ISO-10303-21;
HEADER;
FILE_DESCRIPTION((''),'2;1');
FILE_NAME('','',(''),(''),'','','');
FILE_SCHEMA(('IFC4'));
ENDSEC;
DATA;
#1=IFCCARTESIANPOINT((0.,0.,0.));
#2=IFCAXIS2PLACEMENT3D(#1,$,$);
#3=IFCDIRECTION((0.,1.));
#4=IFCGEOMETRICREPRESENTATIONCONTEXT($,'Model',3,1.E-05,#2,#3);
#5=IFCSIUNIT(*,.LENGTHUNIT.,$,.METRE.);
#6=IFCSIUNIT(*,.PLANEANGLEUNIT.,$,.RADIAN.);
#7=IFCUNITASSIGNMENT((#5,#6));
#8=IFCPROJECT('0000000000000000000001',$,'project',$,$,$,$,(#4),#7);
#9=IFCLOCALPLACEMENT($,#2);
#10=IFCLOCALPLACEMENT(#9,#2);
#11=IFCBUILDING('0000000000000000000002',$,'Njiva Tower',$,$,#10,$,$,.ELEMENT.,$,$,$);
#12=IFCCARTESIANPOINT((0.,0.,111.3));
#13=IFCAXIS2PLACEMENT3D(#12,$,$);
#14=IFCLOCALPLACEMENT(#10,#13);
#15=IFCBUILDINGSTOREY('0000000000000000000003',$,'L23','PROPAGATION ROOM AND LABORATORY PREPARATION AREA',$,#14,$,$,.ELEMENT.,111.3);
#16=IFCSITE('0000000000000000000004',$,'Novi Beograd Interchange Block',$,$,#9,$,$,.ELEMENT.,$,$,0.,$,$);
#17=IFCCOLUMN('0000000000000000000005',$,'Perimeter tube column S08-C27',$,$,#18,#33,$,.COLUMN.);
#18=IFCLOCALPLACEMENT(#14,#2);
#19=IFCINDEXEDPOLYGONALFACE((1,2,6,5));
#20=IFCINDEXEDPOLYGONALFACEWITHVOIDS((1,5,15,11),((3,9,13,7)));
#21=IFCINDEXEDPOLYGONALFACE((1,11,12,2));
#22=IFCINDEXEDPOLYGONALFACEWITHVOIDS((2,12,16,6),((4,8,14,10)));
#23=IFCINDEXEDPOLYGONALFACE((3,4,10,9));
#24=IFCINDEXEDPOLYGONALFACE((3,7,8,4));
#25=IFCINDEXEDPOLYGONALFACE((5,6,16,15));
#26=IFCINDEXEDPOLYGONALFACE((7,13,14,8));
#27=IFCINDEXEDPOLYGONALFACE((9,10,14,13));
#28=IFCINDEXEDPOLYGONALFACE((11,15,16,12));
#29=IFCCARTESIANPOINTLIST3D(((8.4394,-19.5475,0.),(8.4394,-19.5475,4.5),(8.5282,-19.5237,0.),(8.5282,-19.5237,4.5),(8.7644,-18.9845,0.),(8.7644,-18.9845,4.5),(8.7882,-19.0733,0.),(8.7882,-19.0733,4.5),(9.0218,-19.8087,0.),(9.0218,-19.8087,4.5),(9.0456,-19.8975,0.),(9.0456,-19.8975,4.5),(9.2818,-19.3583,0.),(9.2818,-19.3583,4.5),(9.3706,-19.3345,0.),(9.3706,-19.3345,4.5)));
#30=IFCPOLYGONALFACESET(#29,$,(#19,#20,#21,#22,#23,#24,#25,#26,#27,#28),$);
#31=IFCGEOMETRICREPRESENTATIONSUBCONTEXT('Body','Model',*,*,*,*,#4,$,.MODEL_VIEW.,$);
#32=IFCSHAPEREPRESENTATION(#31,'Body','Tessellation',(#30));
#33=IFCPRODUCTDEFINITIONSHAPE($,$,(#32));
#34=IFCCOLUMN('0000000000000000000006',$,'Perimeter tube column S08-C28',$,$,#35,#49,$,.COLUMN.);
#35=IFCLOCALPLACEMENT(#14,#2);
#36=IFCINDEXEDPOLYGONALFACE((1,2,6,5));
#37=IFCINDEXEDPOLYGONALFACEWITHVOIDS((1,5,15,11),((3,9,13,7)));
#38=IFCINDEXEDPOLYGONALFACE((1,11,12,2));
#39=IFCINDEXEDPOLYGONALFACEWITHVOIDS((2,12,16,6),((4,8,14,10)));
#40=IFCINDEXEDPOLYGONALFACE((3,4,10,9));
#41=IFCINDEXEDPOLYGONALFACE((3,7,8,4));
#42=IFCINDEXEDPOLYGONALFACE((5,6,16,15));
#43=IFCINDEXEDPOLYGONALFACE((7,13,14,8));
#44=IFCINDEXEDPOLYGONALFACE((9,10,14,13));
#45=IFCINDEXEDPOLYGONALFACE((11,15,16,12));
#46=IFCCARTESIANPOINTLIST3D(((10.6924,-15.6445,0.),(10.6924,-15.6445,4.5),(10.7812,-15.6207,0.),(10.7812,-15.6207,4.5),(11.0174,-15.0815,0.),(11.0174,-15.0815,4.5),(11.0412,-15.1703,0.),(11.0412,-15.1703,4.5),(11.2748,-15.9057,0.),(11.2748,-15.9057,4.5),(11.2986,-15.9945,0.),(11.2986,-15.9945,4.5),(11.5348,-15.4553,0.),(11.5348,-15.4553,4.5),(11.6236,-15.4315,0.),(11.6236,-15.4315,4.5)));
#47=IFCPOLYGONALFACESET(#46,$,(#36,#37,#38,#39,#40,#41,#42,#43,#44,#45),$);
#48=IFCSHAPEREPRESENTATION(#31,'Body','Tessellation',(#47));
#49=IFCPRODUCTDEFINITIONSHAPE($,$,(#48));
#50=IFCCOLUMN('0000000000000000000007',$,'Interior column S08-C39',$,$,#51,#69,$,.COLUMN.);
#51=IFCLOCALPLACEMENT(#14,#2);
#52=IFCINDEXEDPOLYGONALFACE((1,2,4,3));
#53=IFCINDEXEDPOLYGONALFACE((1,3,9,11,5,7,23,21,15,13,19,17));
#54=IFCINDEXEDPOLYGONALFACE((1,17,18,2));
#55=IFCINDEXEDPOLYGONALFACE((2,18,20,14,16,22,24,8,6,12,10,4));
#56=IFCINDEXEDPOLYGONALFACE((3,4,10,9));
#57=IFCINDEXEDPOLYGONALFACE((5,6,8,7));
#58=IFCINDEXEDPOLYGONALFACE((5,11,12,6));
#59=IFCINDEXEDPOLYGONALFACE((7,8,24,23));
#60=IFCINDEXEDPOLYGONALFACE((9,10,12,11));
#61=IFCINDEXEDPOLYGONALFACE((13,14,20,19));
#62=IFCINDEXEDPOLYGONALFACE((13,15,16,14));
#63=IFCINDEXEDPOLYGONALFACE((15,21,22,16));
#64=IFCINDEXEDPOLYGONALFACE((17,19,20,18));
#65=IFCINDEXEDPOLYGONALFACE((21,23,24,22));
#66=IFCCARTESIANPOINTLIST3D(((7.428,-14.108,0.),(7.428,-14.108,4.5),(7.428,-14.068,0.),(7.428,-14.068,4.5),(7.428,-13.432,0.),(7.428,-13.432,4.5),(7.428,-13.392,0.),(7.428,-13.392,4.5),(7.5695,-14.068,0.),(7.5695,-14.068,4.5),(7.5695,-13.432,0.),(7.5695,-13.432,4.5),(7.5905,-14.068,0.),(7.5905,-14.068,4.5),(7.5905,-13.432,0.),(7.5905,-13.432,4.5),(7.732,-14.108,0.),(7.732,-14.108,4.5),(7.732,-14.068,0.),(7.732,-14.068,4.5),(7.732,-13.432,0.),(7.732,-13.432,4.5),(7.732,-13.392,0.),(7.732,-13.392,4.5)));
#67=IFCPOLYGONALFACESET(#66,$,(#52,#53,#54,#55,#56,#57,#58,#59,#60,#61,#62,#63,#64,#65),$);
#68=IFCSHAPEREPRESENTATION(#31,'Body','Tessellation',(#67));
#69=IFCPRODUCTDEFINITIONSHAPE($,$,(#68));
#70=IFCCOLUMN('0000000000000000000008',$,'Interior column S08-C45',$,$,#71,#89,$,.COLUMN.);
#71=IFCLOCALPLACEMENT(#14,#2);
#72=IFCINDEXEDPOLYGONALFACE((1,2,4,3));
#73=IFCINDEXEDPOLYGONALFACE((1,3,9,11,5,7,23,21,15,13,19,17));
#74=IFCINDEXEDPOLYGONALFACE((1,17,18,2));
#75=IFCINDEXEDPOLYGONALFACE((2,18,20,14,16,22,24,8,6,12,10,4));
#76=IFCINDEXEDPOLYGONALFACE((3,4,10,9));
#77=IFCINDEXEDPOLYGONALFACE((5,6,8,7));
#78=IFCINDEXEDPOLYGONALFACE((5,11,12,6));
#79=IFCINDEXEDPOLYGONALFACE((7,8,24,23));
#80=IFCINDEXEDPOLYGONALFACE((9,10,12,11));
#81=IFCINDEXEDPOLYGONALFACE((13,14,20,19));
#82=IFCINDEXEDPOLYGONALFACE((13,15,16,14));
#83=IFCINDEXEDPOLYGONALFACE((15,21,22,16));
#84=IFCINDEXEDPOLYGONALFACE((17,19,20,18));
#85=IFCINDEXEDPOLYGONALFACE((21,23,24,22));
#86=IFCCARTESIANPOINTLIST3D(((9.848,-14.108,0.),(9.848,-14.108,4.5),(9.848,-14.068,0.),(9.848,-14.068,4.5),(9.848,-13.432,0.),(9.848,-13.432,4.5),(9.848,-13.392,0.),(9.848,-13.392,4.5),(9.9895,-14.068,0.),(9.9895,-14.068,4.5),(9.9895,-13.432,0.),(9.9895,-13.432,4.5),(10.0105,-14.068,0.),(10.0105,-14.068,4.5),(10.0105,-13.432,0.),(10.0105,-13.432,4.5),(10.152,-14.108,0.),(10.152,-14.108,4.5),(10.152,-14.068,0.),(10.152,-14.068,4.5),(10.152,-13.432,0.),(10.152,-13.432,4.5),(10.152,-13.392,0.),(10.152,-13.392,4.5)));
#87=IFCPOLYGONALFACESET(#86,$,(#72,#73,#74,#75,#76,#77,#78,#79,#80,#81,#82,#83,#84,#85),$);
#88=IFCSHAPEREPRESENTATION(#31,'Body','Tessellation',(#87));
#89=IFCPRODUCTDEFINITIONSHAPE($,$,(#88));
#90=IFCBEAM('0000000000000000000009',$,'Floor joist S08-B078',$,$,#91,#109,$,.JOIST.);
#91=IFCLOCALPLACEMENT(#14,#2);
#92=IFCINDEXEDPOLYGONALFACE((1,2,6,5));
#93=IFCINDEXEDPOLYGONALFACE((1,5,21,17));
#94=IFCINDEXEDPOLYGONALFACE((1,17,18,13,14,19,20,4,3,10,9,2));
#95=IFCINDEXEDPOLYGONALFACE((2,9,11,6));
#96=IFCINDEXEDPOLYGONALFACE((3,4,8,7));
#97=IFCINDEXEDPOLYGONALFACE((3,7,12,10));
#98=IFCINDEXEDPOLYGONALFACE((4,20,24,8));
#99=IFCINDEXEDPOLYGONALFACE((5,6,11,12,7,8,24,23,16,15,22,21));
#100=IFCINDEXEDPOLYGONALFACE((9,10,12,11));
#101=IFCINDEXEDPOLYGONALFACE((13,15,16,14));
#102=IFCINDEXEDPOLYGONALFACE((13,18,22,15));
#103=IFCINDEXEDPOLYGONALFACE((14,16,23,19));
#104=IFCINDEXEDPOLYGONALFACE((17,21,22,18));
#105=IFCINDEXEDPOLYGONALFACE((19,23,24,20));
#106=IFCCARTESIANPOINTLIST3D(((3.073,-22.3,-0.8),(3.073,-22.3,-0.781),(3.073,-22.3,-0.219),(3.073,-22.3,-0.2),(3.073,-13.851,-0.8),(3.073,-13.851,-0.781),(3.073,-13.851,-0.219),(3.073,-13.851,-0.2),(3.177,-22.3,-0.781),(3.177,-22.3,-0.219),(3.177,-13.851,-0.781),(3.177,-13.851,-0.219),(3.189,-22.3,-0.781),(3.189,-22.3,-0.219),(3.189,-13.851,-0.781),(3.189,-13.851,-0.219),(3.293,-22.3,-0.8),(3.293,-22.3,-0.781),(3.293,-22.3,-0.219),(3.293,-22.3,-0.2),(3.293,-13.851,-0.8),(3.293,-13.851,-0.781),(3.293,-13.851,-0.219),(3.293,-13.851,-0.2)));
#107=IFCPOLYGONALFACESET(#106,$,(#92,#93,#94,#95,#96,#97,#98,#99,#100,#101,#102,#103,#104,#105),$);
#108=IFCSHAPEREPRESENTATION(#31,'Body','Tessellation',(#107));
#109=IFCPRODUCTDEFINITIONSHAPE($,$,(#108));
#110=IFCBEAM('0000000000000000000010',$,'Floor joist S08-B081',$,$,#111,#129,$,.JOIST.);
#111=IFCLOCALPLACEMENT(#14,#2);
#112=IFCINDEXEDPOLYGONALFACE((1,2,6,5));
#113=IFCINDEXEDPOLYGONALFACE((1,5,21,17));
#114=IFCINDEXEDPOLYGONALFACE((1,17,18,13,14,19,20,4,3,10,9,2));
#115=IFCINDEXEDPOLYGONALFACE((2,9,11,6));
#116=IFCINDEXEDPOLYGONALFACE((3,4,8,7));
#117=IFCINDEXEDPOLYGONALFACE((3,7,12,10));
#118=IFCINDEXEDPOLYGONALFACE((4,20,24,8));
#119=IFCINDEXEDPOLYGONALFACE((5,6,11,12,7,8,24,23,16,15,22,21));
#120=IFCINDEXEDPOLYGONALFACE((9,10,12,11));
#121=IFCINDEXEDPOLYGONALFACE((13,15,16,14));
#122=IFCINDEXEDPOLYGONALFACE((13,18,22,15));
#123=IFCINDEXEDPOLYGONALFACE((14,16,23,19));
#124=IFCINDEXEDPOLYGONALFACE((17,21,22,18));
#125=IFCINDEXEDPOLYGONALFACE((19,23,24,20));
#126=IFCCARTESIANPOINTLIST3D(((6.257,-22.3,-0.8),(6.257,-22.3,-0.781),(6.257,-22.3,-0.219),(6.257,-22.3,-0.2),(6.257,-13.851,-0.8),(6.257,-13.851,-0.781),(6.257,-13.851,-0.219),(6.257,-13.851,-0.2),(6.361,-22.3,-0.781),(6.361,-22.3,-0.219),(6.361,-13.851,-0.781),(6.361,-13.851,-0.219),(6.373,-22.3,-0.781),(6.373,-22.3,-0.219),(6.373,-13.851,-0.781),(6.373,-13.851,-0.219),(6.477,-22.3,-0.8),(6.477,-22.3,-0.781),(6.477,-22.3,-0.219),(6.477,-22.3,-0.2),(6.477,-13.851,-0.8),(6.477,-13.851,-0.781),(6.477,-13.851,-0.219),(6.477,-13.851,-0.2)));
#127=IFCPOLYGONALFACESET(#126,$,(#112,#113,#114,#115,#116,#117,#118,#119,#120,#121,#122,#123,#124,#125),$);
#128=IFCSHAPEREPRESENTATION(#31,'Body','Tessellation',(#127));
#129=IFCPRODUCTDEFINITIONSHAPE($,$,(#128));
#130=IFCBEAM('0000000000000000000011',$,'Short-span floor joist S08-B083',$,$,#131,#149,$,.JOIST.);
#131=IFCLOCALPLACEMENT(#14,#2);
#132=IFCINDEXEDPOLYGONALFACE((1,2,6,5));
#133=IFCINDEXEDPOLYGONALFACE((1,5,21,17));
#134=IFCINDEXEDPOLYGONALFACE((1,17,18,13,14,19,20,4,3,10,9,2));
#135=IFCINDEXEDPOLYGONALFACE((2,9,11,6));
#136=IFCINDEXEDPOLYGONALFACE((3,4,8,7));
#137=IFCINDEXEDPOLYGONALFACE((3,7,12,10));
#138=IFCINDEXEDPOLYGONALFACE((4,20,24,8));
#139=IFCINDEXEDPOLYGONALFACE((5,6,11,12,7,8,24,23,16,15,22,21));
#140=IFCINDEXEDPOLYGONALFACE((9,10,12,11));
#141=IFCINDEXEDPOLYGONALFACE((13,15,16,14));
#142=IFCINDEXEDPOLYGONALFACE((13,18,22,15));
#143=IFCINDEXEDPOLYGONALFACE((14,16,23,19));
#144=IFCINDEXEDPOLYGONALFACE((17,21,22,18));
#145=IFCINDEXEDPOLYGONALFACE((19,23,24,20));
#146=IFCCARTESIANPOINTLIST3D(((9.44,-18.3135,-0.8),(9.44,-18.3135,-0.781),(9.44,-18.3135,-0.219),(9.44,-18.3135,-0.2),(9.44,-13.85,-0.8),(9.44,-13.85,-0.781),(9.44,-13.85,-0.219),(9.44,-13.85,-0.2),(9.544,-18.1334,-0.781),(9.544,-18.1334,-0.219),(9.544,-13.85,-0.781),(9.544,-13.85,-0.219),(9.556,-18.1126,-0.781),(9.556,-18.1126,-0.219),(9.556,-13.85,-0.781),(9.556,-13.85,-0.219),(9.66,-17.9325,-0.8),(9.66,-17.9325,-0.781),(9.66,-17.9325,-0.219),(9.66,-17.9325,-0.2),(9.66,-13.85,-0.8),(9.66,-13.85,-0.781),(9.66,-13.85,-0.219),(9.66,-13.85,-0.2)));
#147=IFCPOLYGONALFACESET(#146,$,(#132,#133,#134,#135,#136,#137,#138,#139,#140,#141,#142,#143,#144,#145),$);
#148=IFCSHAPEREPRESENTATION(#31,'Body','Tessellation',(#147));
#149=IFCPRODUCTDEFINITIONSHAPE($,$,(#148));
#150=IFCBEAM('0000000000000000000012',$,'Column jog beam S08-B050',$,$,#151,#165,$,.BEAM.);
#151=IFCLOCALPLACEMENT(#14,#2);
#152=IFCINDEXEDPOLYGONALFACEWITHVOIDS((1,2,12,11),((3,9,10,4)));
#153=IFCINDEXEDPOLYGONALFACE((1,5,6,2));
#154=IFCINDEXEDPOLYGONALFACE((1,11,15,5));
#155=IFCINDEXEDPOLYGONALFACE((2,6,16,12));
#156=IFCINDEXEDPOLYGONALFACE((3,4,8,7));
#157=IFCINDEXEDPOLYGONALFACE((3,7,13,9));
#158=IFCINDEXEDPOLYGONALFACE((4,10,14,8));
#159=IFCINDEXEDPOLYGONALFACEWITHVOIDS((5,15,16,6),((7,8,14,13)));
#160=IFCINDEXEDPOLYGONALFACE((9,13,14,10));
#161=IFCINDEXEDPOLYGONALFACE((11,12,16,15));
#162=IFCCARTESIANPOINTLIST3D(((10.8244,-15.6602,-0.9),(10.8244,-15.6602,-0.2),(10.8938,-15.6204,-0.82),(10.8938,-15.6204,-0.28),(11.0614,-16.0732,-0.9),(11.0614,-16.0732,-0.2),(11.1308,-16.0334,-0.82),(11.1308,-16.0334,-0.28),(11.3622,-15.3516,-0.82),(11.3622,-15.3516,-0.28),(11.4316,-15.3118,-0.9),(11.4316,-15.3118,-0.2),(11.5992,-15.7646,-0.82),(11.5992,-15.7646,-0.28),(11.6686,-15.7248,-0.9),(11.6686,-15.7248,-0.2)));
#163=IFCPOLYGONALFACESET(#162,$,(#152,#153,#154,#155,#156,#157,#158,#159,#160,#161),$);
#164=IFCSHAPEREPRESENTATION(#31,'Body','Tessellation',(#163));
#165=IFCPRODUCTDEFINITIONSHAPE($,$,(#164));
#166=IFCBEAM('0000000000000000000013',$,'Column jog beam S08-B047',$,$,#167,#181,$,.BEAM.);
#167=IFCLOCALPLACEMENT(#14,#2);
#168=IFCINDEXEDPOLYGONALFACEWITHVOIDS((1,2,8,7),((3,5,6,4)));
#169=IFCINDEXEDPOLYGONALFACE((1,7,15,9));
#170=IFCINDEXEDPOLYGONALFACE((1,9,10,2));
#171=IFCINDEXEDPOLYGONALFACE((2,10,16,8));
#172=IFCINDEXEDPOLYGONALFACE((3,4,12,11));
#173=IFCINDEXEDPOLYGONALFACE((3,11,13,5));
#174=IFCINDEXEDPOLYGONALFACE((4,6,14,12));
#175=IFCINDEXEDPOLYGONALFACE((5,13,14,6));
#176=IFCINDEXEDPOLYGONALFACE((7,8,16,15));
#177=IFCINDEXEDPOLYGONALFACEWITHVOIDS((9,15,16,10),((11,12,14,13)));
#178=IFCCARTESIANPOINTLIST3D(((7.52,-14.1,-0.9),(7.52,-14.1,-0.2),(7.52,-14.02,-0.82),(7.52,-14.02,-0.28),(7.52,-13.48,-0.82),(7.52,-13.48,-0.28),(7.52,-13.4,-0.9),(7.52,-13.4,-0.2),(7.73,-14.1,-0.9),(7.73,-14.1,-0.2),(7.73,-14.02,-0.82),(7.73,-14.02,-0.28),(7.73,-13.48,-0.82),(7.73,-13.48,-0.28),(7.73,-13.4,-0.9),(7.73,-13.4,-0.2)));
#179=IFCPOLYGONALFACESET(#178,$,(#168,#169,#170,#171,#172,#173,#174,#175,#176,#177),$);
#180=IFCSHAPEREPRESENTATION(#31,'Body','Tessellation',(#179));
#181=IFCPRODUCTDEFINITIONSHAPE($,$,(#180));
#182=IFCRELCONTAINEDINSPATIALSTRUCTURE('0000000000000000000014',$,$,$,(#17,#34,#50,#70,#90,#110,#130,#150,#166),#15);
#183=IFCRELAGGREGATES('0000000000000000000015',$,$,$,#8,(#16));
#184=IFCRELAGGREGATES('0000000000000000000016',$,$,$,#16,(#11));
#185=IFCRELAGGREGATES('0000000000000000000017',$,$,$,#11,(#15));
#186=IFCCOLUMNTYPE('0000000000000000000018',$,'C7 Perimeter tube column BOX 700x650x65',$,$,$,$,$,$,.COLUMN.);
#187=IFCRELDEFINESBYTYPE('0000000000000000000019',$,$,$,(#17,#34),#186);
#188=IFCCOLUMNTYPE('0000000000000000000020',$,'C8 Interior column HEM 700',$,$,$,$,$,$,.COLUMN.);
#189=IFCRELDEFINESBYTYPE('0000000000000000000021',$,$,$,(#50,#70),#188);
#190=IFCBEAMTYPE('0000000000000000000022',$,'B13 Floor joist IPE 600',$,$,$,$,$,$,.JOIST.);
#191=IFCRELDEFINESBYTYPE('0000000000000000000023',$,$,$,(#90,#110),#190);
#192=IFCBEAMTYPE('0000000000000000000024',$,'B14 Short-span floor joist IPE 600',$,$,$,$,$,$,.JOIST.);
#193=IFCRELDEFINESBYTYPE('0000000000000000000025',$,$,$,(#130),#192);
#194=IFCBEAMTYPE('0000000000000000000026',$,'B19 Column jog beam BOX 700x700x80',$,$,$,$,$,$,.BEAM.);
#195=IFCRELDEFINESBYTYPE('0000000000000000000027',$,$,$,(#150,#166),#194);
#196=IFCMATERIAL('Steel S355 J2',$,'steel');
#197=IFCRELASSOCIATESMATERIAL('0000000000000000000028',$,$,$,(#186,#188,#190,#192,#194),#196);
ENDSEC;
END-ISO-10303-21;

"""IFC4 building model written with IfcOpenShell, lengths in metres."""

from ifc_helpers import new_model, si_unit, direction, frame, origin, origin_2d, place, context, subcontext, project, spatial, hollow_rectangle, i_section, extrude, clip, halfspace, material, material_profile, profile_set, type_object, element, save


model = new_model("IFC4")

# Units and contexts
model_context = context("Model", 3, precision=1e-05, world=origin(), true_north=direction((0.0, 1.0)))
body_context = subcontext(model_context, "Body", "Model", "MODEL_VIEW")
ifc_project = project(units=[si_unit("LENGTHUNIT", "METRE"), si_unit("PLANEANGLEUNIT", "RADIAN")], contexts=[model_context])

# Site, building, storey
site_placement = place(None, origin())
site = spatial("IfcSite", under=ifc_project, at=site_placement, Name="Novi Beograd Interchange Block", CompositionType="ELEMENT", RefElevation=0.0)
building_placement = place(site_placement, origin())
building = spatial("IfcBuilding", under=site, at=building_placement, Name="Njiva Tower", CompositionType="ELEMENT")
storey_placement = place(building_placement, frame((0.0, 0.0, 111.3)))
storey = spatial("IfcBuildingStorey", under=building, at=storey_placement, Name="L23", Description="PROPAGATION ROOM AND LABORATORY PREPARATION AREA", CompositionType="ELEMENT", Elevation=111.3)

# Columns
ifc_material_1 = material(Name="Steel S355 J2", Category="steel")
ifc_material_profile_1 = material_profile(ifc_material_1, hollow_rectangle(XDim=0.65, YDim=0.7, WallThickness=0.065, at=origin_2d()), Name="BOX 700x650x65")
ifc_profile_set_1 = profile_set([ifc_material_profile_1], Name="Steel S355 J2")
column_type_1 = type_object("IfcColumnType", Name="C7 Perimeter tube column BOX 700x650x65", PredefinedType="COLUMN", material=ifc_profile_set_1)
for number, where, z_axis, x_axis, name in (
    (1, (8.905, -19.441, 0.0), (0.0, 0.0, 1.0), (0.5, 0.866025, 0.0), "Perimeter tube column S08-C27"),
    (2, (11.158, -15.538, 0.0), (0.0, 0.0, 1.0), (0.5, 0.866025, 0.0), "Perimeter tube column S08-C28"),
):
    element("IfcColumn", number, at=place(storey_placement, frame(where, z_axis=z_axis, x_axis=x_axis)), inside=storey, type_object=column_type_1, Name=name, PredefinedType="COLUMN", context=body_context, shape_type="SweptSolid", body=[
        extrude(hollow_rectangle(XDim=0.65, YDim=0.7, WallThickness=0.065, at=origin_2d()), origin(), (0.0, 0.0, 1.0), 4.5),
    ])
ifc_material_profile_2 = material_profile(ifc_material_1, i_section(OverallWidth=0.304, OverallDepth=0.716, WebThickness=0.021, FlangeThickness=0.04, at=origin_2d()), Name="HEM 700")
ifc_profile_set_2 = profile_set([ifc_material_profile_2], Name="Steel S355 J2")
column_type_2 = type_object("IfcColumnType", Name="C8 Interior column HEM 700", PredefinedType="COLUMN", material=ifc_profile_set_2)
for number, where, z_axis, x_axis, name in (
    (3, (7.58, -13.75, 0.0), (0.0, 0.0, 1.0), (1.0, 0.0, 0.0), "Interior column S08-C39"),
    (4, (10.0, -13.75, 0.0), (0.0, 0.0, 1.0), (1.0, 0.0, 0.0), "Interior column S08-C45"),
):
    element("IfcColumn", number, at=place(storey_placement, frame(where, z_axis=z_axis, x_axis=x_axis)), inside=storey, type_object=column_type_2, Name=name, PredefinedType="COLUMN", context=body_context, shape_type="SweptSolid", body=[
        extrude(i_section(OverallWidth=0.304, OverallDepth=0.716, WebThickness=0.021, FlangeThickness=0.04, at=origin_2d()), origin(), (0.0, 0.0, 1.0), 4.5),
    ])

# Beams
ifc_material_profile_3 = material_profile(ifc_material_1, i_section(OverallWidth=0.22, OverallDepth=0.6, WebThickness=0.012, FlangeThickness=0.019, at=origin_2d()), Name="IPE 600")
ifc_profile_set_3 = profile_set([ifc_material_profile_3], Name="Steel S355 J2")
beam_type_1 = type_object("IfcBeamType", Name="B13 Floor joist IPE 600", PredefinedType="JOIST", material=ifc_profile_set_3)
for number, where, z_axis, x_axis, name in (
    (5, (3.183, -13.851, -0.5), (0.0, -1.0, 0.0), (1.0, 0.0, 0.0), "Floor joist S08-B078"),
    (6, (6.367, -13.851, -0.5), (0.0, -1.0, 0.0), (1.0, 0.0, 0.0), "Floor joist S08-B081"),
):
    element("IfcBeam", number, at=place(storey_placement, frame(where, z_axis=z_axis, x_axis=x_axis)), inside=storey, type_object=beam_type_1, Name=name, PredefinedType="JOIST", context=body_context, shape_type="SweptSolid", body=[
        extrude(i_section(OverallWidth=0.22, OverallDepth=0.6, WebThickness=0.012, FlangeThickness=0.019, at=origin_2d()), origin(), (0.0, 0.0, 1.0), 8.449),
    ])
ifc_material_profile_4 = material_profile(ifc_material_1, i_section(OverallWidth=0.22, OverallDepth=0.6, WebThickness=0.012, FlangeThickness=0.019, at=origin_2d()), Name="IPE 600")
ifc_profile_set_4 = profile_set([ifc_material_profile_4], Name="Steel S355 J2")
beam_type_2 = type_object("IfcBeamType", Name="B14 Short-span floor joist IPE 600", PredefinedType="JOIST", material=ifc_profile_set_4)
beam_1_placement = place(storey_placement, frame((9.55, -13.85, -0.5), z_axis=(0.0, -1.0, 0.0), x_axis=(1.0, 0.0, 0.0)))
element("IfcBeam", 7, at=beam_1_placement, inside=storey, type_object=beam_type_2, Name="Short-span floor joist S08-B083", PredefinedType="JOIST", context=body_context, shape_type="Clipping", body=[
    clip(extrude(i_section(OverallWidth=0.22, OverallDepth=0.6, WebThickness=0.012, FlangeThickness=0.019, at=origin_2d()), origin(), (0.0, 0.0, 1.0), 4.484), halfspace(frame((0.0433, 0.0, 4.198), z_axis=(0.866027, 0.0, 0.499998), x_axis=(0.0, 1.0, 0.0)), False)),
])
ifc_material_profile_5 = material_profile(ifc_material_1, hollow_rectangle(XDim=0.7, YDim=0.7, WallThickness=0.08, at=origin_2d()), Name="BOX 700x700x80")
ifc_profile_set_5 = profile_set([ifc_material_profile_5], Name="Steel S355 J2")
beam_type_3 = type_object("IfcBeamType", Name="B19 Column jog beam BOX 700x700x80", PredefinedType="BEAM", material=ifc_profile_set_5)
beam_2_placement = place(storey_placement, frame((11.365, -15.899, -0.55), z_axis=(-0.497721, 0.867337, 0.0), x_axis=(-0.867337, -0.497721, 0.0)))
element("IfcBeam", 8, at=beam_2_placement, inside=storey, type_object=beam_type_3, Name="Column jog beam S08-B050", PredefinedType="BEAM", context=body_context, shape_type="SweptSolid", body=[
    extrude(hollow_rectangle(XDim=0.7, YDim=0.7, WallThickness=0.08, at=origin_2d()), origin(), (0.0, 0.0, 1.0), 0.4762),
])
beam_3_placement = place(storey_placement, frame((7.73, -13.75, -0.55), z_axis=(-1.0, 0.0, 0.0), x_axis=(0.0, -1.0, 0.0)))
element("IfcBeam", 9, at=beam_3_placement, inside=storey, type_object=beam_type_3, Name="Column jog beam S08-B047", PredefinedType="BEAM", context=body_context, shape_type="SweptSolid", body=[
    extrude(hollow_rectangle(XDim=0.7, YDim=0.7, WallThickness=0.08, at=origin_2d()), origin(), (0.0, 0.0, 1.0), 0.21),
])

save(model, "model.ifc")
